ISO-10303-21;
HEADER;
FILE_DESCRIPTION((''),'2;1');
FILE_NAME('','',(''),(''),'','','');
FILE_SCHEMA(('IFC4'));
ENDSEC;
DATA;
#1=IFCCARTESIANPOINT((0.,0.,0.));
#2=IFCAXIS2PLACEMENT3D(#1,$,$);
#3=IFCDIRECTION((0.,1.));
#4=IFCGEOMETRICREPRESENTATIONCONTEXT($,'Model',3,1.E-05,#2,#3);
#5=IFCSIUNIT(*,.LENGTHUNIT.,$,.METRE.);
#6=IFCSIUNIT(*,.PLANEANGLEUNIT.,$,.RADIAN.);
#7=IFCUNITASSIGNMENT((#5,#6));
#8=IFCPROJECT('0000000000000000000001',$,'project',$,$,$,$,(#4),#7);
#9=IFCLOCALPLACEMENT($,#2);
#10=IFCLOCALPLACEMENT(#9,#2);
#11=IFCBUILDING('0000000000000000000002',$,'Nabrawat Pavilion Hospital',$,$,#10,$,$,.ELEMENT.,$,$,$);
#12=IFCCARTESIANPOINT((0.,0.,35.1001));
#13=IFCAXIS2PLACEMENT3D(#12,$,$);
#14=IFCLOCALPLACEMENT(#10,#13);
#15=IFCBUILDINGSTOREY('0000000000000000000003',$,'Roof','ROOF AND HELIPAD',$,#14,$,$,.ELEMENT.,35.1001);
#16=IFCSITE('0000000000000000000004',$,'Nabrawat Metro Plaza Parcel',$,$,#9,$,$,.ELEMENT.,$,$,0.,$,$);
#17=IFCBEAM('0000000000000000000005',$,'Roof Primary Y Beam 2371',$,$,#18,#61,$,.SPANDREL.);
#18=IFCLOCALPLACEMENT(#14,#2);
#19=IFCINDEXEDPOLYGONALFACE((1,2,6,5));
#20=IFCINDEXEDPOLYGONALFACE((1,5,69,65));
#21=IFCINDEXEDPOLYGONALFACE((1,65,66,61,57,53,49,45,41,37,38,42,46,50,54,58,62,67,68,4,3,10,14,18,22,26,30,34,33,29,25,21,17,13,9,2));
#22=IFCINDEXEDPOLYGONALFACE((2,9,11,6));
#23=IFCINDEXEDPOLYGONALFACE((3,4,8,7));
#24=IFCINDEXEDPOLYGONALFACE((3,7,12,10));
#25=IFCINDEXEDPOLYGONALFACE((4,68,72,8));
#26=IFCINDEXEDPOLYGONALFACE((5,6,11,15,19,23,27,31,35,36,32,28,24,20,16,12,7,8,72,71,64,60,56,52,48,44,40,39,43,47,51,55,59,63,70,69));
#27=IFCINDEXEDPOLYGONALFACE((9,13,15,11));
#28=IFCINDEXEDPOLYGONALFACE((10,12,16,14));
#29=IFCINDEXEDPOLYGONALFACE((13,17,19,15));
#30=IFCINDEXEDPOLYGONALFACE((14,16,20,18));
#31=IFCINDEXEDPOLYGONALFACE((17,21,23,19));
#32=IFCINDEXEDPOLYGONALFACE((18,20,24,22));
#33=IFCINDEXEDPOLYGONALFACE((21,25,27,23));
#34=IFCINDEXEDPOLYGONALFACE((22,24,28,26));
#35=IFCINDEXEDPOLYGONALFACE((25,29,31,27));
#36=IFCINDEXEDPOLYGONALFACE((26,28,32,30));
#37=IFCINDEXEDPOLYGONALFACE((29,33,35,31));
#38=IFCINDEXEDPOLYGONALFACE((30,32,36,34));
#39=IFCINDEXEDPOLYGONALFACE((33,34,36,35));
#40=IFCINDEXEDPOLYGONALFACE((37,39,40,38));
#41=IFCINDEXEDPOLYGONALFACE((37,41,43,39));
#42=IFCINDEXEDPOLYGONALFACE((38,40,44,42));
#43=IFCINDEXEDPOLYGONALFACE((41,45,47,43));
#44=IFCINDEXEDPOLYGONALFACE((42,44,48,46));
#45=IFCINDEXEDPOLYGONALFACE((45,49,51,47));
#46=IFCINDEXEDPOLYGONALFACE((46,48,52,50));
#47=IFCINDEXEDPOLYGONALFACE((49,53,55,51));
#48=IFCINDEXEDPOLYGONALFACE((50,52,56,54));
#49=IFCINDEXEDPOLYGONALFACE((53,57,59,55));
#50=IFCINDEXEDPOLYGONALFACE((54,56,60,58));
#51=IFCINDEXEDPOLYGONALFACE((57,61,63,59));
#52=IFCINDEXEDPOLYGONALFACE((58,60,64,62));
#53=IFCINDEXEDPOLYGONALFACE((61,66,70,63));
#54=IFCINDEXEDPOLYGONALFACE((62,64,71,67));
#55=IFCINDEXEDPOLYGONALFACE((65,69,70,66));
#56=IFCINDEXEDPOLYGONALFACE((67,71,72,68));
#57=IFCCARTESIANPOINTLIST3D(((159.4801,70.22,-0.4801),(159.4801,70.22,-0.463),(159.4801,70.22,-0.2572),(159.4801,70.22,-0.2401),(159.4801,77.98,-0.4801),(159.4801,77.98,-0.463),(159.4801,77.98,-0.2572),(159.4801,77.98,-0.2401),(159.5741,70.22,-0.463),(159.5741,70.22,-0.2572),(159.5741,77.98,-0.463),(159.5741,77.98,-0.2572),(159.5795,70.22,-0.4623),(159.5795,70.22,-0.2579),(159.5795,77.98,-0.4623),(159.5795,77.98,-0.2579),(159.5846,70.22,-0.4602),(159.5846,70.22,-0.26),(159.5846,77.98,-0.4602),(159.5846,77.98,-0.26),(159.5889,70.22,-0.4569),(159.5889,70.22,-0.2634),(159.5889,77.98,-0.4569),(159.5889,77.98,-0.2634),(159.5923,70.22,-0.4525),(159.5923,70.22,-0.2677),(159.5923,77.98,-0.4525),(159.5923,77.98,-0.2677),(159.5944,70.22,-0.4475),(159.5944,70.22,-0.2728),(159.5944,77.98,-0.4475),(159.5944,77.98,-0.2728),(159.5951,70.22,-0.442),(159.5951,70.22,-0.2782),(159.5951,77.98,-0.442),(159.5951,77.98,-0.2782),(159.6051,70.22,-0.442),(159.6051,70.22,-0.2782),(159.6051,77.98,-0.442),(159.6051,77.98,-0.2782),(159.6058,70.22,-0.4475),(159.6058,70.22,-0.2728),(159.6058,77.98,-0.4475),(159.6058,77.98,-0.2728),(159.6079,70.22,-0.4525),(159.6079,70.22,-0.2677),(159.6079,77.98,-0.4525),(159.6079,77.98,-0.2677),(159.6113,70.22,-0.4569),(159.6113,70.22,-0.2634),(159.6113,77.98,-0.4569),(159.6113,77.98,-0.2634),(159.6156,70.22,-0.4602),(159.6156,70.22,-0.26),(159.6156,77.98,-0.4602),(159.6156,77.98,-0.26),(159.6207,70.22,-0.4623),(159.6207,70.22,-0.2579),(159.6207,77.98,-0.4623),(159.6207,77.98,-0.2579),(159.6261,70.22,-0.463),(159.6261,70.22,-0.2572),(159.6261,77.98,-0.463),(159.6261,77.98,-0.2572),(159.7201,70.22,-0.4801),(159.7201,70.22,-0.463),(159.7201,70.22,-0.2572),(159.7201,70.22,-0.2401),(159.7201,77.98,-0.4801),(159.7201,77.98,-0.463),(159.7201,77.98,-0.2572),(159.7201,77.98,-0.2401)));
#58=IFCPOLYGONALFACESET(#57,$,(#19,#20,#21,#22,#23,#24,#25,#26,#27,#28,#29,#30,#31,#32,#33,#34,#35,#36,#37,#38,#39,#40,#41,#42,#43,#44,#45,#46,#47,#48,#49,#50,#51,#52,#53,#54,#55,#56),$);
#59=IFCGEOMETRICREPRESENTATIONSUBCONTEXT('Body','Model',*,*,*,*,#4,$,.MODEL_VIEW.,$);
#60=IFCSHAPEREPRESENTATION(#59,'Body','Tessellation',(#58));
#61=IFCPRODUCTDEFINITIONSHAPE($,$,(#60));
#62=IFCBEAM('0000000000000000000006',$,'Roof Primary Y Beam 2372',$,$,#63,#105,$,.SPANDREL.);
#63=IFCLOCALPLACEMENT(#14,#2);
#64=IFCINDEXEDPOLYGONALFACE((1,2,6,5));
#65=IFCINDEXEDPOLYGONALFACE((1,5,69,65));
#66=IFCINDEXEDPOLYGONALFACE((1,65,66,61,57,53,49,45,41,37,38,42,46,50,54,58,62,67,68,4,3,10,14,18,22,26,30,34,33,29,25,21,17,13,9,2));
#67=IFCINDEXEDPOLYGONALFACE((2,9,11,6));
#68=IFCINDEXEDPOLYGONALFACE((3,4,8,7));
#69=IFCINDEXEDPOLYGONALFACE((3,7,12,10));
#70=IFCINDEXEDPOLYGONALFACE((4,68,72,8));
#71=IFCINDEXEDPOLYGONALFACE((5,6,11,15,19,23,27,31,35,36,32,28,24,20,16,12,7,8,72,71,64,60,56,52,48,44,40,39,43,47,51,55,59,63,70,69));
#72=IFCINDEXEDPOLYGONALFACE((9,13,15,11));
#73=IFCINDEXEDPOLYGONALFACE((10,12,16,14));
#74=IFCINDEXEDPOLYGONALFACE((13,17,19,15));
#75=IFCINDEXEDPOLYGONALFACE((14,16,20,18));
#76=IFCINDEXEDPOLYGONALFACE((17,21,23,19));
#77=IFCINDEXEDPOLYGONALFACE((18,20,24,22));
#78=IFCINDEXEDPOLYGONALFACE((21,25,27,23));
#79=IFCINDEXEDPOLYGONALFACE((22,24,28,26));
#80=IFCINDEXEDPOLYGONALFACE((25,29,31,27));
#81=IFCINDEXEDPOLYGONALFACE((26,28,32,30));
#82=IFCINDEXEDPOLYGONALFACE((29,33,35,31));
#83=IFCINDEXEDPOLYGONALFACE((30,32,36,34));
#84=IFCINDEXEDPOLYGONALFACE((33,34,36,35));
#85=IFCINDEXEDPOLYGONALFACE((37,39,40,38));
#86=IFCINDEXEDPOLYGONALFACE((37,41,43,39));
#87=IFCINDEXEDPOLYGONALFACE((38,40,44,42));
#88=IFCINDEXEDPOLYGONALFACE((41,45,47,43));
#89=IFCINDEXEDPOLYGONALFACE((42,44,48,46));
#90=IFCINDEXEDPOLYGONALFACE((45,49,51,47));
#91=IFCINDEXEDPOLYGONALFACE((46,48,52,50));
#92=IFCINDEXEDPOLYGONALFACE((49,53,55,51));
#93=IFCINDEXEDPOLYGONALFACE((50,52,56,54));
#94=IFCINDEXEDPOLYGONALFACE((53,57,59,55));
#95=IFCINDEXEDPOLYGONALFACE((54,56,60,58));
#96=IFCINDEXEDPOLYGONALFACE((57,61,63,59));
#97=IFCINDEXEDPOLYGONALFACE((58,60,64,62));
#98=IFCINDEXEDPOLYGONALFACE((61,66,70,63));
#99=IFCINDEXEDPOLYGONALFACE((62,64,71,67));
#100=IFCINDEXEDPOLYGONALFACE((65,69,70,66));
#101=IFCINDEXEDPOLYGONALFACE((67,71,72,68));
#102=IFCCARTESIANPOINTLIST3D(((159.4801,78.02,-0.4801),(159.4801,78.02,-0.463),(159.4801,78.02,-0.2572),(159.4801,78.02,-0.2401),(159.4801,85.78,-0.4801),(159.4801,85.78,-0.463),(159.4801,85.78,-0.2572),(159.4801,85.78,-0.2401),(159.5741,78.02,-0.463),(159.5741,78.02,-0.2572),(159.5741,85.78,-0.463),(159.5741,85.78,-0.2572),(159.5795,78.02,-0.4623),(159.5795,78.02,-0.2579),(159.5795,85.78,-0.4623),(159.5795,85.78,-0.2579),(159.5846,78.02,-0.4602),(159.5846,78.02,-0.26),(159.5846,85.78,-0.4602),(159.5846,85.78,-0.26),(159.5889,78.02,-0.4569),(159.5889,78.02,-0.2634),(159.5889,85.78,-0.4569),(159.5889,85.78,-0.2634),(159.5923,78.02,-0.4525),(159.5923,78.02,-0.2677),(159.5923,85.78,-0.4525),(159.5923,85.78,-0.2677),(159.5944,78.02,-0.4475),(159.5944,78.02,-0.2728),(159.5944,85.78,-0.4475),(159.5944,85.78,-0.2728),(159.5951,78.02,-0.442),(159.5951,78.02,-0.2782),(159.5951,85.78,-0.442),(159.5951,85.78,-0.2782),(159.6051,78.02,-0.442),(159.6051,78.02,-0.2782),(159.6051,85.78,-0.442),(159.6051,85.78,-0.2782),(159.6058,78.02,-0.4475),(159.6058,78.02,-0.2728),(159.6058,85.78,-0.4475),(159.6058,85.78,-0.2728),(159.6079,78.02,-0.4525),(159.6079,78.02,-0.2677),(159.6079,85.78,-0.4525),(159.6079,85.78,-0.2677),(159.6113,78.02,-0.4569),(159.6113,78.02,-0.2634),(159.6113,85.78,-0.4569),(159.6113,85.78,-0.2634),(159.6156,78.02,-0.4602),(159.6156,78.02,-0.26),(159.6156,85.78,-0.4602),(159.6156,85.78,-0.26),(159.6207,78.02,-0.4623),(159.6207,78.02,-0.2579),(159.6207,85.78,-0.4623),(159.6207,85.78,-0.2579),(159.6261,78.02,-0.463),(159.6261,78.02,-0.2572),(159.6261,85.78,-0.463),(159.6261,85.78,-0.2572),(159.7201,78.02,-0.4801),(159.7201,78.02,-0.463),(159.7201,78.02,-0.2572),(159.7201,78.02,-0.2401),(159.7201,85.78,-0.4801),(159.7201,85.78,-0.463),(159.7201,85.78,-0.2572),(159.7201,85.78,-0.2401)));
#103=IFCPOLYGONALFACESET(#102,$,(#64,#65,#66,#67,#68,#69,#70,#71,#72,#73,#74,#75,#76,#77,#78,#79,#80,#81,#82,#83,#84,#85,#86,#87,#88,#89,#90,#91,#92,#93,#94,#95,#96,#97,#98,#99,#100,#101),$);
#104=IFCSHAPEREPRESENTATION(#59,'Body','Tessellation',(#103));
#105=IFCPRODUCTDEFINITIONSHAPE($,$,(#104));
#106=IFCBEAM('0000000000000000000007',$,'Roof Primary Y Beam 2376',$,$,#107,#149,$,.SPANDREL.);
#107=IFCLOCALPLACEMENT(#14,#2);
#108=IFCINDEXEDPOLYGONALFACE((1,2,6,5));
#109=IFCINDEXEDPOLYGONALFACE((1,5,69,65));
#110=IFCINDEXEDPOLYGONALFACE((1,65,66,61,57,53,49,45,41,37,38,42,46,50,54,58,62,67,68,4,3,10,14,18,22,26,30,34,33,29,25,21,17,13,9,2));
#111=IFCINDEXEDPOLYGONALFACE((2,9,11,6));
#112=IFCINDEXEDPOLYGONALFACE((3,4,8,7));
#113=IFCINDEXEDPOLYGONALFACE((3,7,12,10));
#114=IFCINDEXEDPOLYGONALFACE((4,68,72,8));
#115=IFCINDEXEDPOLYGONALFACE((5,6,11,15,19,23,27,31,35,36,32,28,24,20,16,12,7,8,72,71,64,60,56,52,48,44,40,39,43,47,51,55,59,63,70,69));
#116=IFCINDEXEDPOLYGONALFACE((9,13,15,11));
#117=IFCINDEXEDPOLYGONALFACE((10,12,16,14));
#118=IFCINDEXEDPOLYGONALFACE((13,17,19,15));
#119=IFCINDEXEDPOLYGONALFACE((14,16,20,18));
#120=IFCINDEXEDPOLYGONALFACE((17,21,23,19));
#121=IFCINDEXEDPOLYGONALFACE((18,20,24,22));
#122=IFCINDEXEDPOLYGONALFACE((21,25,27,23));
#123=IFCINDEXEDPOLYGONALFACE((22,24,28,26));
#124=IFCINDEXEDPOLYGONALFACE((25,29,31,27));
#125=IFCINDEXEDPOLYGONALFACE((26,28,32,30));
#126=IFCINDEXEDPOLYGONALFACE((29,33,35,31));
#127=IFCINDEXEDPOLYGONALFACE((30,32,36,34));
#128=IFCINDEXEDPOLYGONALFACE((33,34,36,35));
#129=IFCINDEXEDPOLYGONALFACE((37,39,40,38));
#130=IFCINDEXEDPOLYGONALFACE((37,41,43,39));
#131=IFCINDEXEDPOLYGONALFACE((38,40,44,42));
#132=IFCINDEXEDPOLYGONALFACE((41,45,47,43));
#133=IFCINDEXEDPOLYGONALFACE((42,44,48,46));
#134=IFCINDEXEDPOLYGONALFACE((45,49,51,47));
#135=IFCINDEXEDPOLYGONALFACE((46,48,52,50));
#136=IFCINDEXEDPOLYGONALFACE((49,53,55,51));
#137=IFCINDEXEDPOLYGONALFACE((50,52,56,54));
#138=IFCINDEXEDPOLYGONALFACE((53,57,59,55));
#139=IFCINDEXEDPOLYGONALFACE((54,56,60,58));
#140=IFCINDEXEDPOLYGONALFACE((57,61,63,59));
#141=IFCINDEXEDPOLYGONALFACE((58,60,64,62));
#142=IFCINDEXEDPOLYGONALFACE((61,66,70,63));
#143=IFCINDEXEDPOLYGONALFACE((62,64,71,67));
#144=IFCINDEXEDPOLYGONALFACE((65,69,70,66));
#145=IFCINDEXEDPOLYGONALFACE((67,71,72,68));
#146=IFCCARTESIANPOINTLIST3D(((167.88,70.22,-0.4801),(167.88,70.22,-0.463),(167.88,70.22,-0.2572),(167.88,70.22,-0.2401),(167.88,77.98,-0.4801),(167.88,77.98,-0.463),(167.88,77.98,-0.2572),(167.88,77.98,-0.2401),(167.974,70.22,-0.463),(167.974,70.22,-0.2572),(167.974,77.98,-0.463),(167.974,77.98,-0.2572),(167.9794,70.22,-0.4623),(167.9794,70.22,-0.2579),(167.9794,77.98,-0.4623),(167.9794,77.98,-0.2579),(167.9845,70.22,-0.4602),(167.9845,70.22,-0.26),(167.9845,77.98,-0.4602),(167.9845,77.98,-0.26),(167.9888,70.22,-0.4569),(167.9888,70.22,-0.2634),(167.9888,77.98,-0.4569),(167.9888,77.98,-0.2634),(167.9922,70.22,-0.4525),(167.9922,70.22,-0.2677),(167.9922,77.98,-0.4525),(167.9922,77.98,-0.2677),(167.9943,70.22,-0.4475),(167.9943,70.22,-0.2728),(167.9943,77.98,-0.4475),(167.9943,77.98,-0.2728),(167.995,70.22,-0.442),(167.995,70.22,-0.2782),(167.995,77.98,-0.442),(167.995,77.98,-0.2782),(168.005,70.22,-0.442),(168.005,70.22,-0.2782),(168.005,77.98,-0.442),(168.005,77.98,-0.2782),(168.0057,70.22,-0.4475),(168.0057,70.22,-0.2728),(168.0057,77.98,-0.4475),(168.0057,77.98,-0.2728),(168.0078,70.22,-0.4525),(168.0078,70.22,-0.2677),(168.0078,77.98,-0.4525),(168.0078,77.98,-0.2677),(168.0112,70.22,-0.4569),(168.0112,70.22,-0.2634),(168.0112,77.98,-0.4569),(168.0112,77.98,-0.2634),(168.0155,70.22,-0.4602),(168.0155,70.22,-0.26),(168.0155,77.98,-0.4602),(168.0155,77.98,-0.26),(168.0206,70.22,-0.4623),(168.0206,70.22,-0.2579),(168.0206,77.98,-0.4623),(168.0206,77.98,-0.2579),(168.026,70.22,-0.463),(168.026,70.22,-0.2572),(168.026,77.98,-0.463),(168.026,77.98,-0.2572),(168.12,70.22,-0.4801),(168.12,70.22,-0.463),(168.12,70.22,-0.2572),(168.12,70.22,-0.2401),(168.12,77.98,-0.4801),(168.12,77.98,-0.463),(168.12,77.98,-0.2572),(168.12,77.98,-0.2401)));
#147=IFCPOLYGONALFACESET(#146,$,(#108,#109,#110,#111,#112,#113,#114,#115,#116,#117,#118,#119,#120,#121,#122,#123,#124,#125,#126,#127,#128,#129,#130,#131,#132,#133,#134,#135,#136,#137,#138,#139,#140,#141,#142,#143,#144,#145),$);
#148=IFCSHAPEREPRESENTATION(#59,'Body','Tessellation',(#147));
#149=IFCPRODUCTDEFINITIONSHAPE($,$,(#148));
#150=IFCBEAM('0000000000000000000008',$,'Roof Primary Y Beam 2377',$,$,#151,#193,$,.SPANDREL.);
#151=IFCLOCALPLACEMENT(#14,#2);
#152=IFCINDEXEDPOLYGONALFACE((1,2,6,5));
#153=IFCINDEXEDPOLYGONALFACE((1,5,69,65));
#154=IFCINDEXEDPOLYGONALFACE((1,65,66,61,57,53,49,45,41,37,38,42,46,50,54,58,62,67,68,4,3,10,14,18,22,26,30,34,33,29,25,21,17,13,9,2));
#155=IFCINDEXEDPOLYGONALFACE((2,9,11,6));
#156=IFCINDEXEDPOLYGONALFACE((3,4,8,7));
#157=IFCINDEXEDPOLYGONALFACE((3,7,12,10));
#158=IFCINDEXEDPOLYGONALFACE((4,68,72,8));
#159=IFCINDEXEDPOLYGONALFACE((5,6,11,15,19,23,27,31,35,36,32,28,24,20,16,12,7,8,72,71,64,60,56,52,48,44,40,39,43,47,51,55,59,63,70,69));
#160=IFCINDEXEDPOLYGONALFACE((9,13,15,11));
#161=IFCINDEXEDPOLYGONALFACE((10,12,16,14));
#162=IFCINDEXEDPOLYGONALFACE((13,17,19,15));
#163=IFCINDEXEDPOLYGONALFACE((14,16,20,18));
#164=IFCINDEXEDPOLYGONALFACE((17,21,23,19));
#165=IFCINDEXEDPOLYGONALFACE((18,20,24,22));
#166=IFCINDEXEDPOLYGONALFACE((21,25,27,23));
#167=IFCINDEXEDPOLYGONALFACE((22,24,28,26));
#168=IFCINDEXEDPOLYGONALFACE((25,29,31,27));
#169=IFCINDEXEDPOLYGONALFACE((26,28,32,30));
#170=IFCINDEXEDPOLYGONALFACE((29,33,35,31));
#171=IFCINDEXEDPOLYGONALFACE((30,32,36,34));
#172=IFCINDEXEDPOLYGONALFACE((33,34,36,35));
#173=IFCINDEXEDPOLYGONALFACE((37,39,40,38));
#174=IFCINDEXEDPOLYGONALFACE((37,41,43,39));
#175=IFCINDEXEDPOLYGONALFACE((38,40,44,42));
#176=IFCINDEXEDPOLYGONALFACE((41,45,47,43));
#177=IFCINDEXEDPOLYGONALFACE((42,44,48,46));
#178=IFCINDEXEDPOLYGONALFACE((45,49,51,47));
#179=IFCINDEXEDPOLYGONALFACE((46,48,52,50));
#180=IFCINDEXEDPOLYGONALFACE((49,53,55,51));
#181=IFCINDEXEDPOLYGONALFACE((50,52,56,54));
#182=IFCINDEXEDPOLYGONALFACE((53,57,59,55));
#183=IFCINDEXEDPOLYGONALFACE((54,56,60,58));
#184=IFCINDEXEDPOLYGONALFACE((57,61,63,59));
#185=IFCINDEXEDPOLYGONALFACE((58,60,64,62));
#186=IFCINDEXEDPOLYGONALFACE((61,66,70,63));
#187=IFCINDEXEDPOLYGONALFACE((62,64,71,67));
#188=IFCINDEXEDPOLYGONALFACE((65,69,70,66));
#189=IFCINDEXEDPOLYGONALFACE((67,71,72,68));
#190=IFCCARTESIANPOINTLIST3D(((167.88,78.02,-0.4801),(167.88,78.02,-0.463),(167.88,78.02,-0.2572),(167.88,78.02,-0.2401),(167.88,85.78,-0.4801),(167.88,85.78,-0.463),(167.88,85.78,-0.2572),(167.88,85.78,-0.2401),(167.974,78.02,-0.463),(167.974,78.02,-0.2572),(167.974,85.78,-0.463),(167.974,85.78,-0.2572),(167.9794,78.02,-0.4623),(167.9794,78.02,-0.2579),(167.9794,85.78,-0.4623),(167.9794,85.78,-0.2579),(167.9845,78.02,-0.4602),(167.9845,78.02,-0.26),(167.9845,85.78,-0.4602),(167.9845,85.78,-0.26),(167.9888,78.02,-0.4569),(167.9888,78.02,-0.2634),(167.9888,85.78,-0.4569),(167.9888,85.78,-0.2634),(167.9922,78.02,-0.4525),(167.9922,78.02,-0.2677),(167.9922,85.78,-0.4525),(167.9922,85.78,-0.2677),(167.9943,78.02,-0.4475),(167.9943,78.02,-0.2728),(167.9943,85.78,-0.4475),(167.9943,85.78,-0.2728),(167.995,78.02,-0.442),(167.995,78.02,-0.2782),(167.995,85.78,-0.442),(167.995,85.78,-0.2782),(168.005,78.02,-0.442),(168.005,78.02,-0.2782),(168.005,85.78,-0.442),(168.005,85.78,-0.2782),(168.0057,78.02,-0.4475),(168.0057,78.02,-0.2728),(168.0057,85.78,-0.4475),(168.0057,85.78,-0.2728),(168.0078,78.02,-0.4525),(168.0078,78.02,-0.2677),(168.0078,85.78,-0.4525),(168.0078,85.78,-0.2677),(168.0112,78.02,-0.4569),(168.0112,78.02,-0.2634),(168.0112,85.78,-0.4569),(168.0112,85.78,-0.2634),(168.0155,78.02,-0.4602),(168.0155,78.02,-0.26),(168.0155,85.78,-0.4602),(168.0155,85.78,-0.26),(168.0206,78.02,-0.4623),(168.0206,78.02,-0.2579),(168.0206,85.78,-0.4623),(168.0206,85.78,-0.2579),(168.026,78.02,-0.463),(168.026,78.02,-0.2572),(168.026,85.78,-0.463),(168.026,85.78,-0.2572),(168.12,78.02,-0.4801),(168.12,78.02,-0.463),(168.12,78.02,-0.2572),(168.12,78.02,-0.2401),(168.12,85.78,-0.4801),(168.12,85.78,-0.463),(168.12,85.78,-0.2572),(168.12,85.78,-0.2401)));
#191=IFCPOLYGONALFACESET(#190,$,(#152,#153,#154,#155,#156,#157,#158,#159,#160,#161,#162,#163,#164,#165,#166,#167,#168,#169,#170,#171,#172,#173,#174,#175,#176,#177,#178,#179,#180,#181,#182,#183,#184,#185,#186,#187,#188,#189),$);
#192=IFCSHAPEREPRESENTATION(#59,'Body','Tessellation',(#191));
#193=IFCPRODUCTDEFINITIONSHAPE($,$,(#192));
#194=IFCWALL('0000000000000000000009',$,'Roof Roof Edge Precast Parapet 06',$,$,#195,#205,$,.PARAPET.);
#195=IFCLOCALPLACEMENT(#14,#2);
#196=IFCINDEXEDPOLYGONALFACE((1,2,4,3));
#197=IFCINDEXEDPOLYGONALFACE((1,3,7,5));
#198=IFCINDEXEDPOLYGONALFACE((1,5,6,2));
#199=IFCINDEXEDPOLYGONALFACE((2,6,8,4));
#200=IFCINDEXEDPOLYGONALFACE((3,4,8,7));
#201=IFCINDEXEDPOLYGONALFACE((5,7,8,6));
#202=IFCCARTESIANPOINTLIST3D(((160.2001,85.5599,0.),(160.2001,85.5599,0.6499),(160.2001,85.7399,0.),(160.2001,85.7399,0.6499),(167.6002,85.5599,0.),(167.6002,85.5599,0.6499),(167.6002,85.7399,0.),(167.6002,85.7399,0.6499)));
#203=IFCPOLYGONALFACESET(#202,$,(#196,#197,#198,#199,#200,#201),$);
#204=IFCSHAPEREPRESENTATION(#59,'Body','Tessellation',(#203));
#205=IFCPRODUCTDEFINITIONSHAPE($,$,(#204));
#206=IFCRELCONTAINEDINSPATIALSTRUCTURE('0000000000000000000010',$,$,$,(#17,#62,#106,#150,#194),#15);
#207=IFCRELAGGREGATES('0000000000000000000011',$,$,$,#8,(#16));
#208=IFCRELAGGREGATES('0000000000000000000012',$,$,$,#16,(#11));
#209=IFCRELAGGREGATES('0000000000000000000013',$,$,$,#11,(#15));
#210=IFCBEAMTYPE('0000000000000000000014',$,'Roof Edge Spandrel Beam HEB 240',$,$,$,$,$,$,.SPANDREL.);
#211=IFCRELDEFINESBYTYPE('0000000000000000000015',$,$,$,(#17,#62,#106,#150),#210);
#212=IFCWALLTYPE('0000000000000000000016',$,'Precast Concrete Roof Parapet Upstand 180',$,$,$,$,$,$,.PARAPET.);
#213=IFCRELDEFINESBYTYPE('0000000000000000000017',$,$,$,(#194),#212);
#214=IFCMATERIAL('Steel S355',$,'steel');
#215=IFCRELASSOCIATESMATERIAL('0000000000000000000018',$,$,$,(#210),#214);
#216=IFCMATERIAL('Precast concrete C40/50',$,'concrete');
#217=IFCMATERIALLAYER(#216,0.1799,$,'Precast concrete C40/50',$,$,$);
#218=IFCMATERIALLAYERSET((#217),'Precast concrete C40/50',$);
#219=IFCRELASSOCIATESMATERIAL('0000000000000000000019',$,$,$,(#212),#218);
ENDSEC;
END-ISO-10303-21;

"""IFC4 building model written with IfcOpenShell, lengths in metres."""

from ifc_helpers import new_model, si_unit, direction, frame, frame_2d, origin, origin_2d, place, context, subcontext, project, spatial, rectangle, i_section, extrude, material, layer, layer_set, material_profile, profile_set, type_object, element, save


model = new_model("IFC4")

# Units and contexts
model_context = context("Model", 3, precision=1e-05, world=origin(), true_north=direction((0.0, 1.0)))
body_context = subcontext(model_context, "Body", "Model", "MODEL_VIEW")
ifc_project = project(units=[si_unit("LENGTHUNIT", "METRE"), si_unit("PLANEANGLEUNIT", "RADIAN")], contexts=[model_context])

# Site, building, storey
site_placement = place(None, origin())
site = spatial("IfcSite", under=ifc_project, at=site_placement, Name="Nabrawat Metro Plaza Parcel", CompositionType="ELEMENT", RefElevation=0.0)
building_placement = place(site_placement, origin())
building = spatial("IfcBuilding", under=site, at=building_placement, Name="Nabrawat Pavilion Hospital", CompositionType="ELEMENT")
storey_placement = place(building_placement, frame((0.0, 0.0, 35.1001)))
storey = spatial("IfcBuildingStorey", under=building, at=storey_placement, Name="Roof", Description="ROOF AND HELIPAD", CompositionType="ELEMENT", Elevation=35.1001)

# Shared definitions
ifc_material_1 = material(Name="Steel S355", Category="steel")

# Beams
ifc_material_profile_1 = material_profile(ifc_material_1, i_section(OverallWidth=0.24, OverallDepth=0.24, WebThickness=0.01, FlangeThickness=0.0171, FilletRadius=0.021, at=origin_2d()), Name="HEB 240")
ifc_profile_set_1 = profile_set([ifc_material_profile_1], Name="Steel S355")
beam_type_1 = type_object("IfcBeamType", Name="Roof Edge Spandrel Beam HEB 240", PredefinedType="SPANDREL", material=ifc_profile_set_1)
for number, where, z_axis, x_axis, name in (
    (1, (159.6001, 70.22, -0.3601), (0.0, 1.0, 0.0), (-1.0, 0.0, 0.0), "Roof Primary Y Beam 2371"),
    (2, (159.6001, 78.02, -0.3601), (0.0, 1.0, 0.0), (-1.0, 0.0, 0.0), "Roof Primary Y Beam 2372"),
    (3, (168.0, 70.22, -0.3601), (0.0, 1.0, 0.0), (-1.0, 0.0, 0.0), "Roof Primary Y Beam 2376"),
    (4, (168.0, 78.02, -0.3601), (0.0, 1.0, 0.0), (-1.0, 0.0, 0.0), "Roof Primary Y Beam 2377"),
):
    element("IfcBeam", number, at=place(storey_placement, frame(where, z_axis=z_axis, x_axis=x_axis)), inside=storey, type_object=beam_type_1, Name=name, PredefinedType="SPANDREL", context=body_context, shape_type="SweptSolid", body=[
        extrude(i_section(OverallWidth=0.24, OverallDepth=0.24, WebThickness=0.01, FlangeThickness=0.0171, FilletRadius=0.021, at=origin_2d()), origin(), (0.0, 0.0, 1.0), 7.76),
    ])

# Wall
ifc_material_2 = material(Name="Precast concrete C40/50", Category="concrete")
ifc_layer_1 = layer(ifc_material_2, 0.1799, Name="Precast concrete C40/50")
ifc_layer_set_1 = layer_set([ifc_layer_1], Name="Precast concrete C40/50")
wall_type = type_object("IfcWallType", Name="Precast Concrete Roof Parapet Upstand 180", PredefinedType="PARAPET", material=ifc_layer_set_1)
wall_placement = place(storey_placement, frame((160.2, 85.6499, 0.0), z_axis=(0.0, 0.0, 1.0), x_axis=(1.0, 0.0, 0.0)))
element("IfcWall", 5, at=wall_placement, inside=storey, type_object=wall_type, Name="Roof Roof Edge Precast Parapet 06", PredefinedType="PARAPET", context=body_context, shape_type="SweptSolid", body=[
    extrude(rectangle(XDim=7.4001, YDim=0.1799, at=frame_2d((3.7002, 0.0))), origin(), (0.0, 0.0, 1.0), 0.6499),
])

save(model, "model.ifc")
